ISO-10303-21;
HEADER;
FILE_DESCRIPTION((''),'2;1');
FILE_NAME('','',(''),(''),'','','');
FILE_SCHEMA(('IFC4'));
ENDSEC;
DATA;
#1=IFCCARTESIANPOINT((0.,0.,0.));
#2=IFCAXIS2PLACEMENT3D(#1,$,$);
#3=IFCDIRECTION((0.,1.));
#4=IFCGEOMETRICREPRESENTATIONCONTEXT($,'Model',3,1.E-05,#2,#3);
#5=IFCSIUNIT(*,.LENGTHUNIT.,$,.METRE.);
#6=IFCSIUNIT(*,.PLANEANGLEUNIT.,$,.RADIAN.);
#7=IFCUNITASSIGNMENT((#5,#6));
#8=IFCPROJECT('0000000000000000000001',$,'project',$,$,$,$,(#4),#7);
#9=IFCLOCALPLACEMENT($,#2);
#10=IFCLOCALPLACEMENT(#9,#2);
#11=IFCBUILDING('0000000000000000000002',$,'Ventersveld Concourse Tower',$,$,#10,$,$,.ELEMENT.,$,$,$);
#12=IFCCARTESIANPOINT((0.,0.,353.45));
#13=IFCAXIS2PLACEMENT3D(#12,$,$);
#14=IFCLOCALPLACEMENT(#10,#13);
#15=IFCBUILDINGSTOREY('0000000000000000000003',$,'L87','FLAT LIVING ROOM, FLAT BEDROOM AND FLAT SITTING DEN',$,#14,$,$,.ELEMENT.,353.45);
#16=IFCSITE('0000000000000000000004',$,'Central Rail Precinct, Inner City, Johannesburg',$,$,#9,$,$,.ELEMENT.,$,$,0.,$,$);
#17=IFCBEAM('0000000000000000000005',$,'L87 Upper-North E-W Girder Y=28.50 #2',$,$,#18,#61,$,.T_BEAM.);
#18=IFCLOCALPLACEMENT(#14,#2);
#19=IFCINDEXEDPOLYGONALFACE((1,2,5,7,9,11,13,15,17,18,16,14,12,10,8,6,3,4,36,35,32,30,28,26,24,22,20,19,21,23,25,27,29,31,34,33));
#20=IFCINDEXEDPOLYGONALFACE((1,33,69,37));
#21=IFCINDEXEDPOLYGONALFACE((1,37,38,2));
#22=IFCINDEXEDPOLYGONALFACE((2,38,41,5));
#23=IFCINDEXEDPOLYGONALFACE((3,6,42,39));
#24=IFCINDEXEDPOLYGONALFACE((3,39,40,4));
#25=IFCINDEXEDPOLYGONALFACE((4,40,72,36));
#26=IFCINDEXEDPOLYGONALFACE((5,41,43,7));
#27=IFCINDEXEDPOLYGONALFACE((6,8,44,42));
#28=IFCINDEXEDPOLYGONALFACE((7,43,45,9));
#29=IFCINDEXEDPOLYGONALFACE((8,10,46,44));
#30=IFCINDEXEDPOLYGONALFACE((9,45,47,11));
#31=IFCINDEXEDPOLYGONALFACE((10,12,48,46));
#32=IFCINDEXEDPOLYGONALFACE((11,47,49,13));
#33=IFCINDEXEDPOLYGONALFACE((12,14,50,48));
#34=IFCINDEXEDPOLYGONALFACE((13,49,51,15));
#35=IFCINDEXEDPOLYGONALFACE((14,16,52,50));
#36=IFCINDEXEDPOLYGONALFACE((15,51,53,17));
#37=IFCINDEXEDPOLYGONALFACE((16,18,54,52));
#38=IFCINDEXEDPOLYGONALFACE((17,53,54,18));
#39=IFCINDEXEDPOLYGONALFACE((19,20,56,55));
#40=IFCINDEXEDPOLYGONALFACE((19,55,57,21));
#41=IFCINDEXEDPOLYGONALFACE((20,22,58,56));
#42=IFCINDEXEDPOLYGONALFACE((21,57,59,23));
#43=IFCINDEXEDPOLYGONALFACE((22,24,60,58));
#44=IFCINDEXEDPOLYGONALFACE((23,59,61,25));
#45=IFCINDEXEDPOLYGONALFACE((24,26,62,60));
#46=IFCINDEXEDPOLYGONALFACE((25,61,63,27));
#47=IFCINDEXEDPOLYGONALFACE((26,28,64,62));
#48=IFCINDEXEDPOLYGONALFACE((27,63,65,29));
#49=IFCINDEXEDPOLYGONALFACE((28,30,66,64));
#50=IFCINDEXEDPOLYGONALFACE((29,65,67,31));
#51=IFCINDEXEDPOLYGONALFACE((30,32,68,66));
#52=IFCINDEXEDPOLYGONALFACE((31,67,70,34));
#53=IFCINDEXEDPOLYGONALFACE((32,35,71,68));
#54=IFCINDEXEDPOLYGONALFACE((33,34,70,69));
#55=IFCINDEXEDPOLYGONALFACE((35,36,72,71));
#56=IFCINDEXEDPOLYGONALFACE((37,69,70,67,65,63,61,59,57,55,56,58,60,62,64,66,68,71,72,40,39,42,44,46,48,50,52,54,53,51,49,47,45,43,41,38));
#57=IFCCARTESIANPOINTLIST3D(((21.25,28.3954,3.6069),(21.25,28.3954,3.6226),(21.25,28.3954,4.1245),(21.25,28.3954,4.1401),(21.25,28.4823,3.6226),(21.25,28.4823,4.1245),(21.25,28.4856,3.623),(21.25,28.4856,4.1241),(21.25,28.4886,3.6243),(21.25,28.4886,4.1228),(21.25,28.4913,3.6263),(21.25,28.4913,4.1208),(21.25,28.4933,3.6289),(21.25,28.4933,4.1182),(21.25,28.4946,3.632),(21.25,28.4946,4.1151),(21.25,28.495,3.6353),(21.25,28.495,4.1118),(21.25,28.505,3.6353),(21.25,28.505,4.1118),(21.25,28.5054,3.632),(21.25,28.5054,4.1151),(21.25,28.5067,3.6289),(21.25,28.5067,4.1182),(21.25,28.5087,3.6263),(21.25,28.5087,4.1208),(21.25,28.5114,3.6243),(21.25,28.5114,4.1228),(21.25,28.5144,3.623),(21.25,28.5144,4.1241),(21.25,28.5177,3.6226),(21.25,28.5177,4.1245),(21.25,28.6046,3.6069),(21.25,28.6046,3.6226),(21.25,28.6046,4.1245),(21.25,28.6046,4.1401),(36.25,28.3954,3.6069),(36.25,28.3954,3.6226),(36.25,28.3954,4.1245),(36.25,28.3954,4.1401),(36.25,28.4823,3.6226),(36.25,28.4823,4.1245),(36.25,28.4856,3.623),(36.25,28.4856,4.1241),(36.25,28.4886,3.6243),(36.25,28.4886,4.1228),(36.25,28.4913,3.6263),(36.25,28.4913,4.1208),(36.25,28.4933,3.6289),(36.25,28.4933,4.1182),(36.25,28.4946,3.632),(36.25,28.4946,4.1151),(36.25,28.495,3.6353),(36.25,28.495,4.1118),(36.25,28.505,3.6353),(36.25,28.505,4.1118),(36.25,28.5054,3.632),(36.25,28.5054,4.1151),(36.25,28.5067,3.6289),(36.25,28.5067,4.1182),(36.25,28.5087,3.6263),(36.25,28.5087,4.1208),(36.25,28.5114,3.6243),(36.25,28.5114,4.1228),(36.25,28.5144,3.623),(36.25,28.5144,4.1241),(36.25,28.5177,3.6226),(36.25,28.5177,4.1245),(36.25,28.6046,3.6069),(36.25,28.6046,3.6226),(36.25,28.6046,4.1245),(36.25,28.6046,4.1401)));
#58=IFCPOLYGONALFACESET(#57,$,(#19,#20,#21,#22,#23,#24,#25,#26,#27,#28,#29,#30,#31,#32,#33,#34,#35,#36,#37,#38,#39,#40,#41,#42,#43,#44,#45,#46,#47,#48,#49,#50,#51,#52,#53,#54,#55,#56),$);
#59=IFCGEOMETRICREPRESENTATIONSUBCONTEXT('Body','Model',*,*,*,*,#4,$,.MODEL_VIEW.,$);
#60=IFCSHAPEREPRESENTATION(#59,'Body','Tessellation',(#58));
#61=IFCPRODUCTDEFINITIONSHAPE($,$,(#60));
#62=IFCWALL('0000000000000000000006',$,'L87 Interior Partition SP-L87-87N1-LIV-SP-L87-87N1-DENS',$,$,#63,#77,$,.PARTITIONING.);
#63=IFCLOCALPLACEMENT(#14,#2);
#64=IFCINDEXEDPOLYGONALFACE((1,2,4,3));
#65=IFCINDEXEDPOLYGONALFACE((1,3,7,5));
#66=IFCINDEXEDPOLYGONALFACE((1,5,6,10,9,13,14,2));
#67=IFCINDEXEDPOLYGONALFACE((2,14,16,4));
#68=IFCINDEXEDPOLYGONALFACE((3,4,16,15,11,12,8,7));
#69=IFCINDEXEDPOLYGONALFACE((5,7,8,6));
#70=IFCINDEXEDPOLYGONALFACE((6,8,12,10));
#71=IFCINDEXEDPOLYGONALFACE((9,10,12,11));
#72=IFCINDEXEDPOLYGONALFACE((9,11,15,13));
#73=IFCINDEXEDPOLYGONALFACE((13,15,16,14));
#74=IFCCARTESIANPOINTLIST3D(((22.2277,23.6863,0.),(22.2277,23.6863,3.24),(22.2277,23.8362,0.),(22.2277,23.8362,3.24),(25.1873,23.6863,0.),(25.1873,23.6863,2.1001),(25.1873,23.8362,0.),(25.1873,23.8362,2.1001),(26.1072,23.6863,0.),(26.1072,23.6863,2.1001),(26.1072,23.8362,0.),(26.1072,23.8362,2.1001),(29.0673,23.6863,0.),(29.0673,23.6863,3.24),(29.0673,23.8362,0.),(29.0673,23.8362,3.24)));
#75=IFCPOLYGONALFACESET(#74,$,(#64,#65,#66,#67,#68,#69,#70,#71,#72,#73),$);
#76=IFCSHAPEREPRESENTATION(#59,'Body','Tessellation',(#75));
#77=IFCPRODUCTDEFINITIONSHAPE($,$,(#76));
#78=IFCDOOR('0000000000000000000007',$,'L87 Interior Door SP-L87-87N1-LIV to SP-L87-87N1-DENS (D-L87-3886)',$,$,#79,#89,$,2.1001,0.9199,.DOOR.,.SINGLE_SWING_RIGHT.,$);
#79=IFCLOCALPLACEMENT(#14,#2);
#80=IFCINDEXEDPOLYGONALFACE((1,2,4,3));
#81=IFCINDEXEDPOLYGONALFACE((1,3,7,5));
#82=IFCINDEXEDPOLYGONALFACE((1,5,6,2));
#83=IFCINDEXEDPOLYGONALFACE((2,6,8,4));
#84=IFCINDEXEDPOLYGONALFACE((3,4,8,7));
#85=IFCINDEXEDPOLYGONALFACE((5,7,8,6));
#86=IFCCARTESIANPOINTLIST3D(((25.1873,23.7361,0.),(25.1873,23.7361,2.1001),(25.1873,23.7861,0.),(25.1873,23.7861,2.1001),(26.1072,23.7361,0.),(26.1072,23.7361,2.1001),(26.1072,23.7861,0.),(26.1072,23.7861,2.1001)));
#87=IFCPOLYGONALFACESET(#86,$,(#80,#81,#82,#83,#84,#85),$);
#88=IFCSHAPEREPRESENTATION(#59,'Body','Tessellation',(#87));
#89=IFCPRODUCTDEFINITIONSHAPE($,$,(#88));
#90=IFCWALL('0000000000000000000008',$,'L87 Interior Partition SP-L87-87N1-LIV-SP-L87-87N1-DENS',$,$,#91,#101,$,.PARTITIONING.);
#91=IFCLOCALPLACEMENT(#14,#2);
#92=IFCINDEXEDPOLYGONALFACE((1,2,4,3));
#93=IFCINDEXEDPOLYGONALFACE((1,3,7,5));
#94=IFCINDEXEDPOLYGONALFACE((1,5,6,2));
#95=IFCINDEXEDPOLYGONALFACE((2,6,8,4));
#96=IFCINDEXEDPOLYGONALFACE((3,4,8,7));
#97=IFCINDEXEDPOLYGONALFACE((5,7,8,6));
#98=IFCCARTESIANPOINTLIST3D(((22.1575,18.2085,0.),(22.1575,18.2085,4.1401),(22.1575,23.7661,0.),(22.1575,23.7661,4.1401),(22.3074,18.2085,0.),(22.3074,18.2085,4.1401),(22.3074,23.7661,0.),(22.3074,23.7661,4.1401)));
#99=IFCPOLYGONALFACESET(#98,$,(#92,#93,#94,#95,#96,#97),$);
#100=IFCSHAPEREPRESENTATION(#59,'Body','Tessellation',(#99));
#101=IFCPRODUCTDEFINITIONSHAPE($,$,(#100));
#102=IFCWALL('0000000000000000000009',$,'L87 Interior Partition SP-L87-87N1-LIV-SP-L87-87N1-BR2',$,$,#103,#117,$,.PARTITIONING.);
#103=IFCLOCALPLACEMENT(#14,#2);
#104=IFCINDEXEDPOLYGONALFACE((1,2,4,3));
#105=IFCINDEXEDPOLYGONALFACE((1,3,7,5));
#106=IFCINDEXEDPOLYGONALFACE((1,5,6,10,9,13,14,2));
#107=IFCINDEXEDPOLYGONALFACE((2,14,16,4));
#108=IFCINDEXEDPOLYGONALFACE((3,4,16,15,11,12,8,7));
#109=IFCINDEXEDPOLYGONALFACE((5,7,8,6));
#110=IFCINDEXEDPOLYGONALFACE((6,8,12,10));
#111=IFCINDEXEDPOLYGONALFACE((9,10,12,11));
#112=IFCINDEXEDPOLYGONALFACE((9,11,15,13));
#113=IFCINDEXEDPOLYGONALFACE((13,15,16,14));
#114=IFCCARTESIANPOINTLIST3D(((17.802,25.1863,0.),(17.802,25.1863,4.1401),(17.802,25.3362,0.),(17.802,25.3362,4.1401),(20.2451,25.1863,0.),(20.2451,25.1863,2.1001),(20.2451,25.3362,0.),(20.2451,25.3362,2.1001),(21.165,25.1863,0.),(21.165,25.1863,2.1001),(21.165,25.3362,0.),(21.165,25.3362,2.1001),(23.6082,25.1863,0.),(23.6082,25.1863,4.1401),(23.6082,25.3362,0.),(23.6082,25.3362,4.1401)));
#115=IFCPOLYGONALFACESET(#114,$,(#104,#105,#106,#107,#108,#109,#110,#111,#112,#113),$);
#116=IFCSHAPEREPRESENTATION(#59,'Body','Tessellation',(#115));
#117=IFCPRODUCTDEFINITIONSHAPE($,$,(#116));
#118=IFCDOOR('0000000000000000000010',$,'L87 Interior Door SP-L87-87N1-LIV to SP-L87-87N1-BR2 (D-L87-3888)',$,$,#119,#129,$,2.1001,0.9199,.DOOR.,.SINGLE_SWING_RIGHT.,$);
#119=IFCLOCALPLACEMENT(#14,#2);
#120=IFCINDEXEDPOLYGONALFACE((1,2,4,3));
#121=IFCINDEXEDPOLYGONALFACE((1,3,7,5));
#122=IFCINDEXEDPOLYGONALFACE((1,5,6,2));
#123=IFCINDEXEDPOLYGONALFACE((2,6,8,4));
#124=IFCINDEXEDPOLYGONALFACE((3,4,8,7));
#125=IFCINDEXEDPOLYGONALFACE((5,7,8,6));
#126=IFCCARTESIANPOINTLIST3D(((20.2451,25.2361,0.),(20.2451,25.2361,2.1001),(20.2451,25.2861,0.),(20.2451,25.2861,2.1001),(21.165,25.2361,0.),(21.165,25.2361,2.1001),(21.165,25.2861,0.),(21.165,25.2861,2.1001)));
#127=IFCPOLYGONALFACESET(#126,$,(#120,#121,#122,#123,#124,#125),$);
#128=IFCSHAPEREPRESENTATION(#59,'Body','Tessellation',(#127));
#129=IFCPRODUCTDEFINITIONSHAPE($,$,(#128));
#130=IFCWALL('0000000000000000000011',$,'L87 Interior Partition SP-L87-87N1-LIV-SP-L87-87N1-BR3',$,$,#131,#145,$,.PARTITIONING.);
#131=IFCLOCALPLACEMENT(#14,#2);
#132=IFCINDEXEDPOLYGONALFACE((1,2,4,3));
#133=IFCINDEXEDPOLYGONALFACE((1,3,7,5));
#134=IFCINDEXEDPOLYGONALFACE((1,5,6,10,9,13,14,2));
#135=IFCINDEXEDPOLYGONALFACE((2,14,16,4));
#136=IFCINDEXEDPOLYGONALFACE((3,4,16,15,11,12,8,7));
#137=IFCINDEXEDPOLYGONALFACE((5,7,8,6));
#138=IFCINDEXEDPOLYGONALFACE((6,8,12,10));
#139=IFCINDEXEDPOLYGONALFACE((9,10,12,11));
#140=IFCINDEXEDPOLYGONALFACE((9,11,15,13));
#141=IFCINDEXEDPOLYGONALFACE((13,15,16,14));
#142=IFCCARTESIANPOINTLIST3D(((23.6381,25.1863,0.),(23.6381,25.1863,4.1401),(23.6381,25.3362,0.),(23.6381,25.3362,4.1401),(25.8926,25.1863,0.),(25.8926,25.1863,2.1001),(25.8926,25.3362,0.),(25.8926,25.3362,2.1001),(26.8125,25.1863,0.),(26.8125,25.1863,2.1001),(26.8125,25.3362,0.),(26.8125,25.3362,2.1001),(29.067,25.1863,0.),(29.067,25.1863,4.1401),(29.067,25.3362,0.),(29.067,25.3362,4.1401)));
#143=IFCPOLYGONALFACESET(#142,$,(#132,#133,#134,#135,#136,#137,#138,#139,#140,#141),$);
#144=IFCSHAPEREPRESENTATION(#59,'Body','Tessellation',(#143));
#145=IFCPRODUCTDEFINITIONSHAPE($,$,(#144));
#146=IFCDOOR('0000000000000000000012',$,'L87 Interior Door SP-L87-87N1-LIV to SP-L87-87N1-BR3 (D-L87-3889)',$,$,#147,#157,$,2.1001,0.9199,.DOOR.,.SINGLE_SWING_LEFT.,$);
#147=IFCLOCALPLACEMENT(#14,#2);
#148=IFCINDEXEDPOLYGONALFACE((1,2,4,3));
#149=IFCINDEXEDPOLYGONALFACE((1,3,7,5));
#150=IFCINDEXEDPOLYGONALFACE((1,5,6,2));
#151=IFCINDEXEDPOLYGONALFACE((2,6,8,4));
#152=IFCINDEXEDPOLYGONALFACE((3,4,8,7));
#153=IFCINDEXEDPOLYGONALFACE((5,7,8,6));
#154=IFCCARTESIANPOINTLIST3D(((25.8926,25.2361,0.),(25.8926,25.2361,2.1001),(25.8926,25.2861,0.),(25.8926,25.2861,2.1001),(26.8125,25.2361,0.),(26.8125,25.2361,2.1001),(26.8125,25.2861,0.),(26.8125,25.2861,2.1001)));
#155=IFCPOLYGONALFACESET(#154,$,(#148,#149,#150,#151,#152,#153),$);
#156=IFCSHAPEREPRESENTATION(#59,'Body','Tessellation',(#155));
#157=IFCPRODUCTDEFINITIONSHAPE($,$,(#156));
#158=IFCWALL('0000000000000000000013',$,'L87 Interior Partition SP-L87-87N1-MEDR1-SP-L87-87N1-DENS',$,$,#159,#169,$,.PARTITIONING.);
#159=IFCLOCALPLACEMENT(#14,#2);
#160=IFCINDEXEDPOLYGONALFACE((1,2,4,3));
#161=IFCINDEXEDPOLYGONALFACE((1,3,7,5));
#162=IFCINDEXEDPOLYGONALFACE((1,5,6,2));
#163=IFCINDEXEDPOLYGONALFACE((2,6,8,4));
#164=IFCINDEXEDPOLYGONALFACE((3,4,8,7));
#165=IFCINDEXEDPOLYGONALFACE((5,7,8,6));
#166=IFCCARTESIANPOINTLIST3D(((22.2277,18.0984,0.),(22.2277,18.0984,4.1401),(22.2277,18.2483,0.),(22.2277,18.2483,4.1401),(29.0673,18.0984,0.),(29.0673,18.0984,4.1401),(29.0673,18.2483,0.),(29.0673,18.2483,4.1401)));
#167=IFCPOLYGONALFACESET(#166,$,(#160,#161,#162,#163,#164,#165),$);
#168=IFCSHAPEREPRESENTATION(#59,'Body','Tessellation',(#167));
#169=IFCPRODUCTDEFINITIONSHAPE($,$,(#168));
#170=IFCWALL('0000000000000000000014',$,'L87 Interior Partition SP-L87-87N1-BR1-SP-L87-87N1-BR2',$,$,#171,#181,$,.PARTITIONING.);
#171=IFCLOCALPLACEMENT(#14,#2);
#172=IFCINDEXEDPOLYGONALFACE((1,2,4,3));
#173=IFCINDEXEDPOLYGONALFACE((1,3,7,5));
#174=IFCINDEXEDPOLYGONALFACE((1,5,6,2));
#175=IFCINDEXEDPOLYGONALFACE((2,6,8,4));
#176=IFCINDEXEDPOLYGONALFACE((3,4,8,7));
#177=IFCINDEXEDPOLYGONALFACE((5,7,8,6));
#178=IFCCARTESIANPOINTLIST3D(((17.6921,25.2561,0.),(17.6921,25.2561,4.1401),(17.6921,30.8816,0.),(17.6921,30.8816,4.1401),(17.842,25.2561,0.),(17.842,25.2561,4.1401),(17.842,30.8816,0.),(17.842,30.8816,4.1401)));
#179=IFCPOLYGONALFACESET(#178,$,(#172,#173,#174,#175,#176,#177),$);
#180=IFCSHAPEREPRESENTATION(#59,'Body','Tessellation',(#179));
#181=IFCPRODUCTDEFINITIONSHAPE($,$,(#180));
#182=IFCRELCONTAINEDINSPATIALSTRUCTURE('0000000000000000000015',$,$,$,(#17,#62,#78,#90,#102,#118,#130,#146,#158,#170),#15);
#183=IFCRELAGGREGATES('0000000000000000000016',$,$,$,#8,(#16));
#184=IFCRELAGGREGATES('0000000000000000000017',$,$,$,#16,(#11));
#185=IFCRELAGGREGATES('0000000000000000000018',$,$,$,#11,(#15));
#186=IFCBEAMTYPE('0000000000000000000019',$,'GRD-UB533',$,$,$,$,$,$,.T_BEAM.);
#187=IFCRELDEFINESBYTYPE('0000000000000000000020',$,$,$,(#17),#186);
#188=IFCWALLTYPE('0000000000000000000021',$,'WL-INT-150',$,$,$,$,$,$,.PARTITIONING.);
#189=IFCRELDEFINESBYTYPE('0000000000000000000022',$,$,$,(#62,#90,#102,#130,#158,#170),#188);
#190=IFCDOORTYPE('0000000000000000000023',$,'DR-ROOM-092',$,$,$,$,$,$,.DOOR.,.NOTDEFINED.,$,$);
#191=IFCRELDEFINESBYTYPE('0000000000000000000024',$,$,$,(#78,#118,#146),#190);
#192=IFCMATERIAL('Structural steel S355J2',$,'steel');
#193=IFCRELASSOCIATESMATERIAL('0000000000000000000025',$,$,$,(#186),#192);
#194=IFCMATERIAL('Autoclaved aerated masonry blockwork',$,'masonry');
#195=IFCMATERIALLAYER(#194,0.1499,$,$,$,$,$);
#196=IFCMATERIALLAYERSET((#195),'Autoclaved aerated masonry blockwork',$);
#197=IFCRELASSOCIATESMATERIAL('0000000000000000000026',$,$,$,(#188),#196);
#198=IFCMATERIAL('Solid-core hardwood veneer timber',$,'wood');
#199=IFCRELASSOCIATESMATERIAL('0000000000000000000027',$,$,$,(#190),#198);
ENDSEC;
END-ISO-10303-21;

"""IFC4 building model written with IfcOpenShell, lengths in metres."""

from ifc_helpers import new_model, si_unit, direction, frame, frame_2d, origin, origin_2d, place, context, subcontext, project, spatial, rectangle, i_section, extrude, material, layer, layer_set, material_profile, profile_set, type_object, element, fill, save


model = new_model("IFC4")

# Units and contexts
model_context = context("Model", 3, precision=1e-05, world=origin(), true_north=direction((0.0, 1.0)))
body_context = subcontext(model_context, "Body", "Model", "MODEL_VIEW")
ifc_project = project(units=[si_unit("LENGTHUNIT", "METRE"), si_unit("PLANEANGLEUNIT", "RADIAN")], contexts=[model_context])

# Site, building, storey
site_placement = place(None, origin())
site = spatial("IfcSite", under=ifc_project, at=site_placement, Name="Central Rail Precinct, Inner City, Johannesburg", CompositionType="ELEMENT", RefElevation=0.0)
building_placement = place(site_placement, origin())
building = spatial("IfcBuilding", under=site, at=building_placement, Name="Ventersveld Concourse Tower", CompositionType="ELEMENT")
storey_placement = place(building_placement, frame((0.0, 0.0, 353.45)))
storey = spatial("IfcBuildingStorey", under=building, at=storey_placement, Name="L87", Description="FLAT LIVING ROOM, FLAT BEDROOM AND FLAT SITTING DEN", CompositionType="ELEMENT", Elevation=353.45)

# Shared definitions
ifc_material_1 = material(Name="Structural steel S355J2", Category="steel")

# Beam
ifc_material_profile_1 = material_profile(ifc_material_1, i_section(OverallWidth=0.2092, OverallDepth=0.5332, WebThickness=0.01, FlangeThickness=0.0156, FilletRadius=0.0127, at=origin_2d()), Name="UB 533x210x92")
ifc_profile_set_1 = profile_set([ifc_material_profile_1], Name="Structural steel S355J2")
beam_type_1 = type_object("IfcBeamType", Name="GRD-UB533", PredefinedType="T_BEAM", material=ifc_profile_set_1)
beam_1_placement = place(storey_placement, frame((21.25, 28.5, 3.8735), z_axis=(1.0, 0.0, 0.0), x_axis=(0.0, 1.0, 0.0)))
element("IfcBeam", 1, at=beam_1_placement, inside=storey, type_object=beam_type_1, Name="L87 Upper-North E-W Girder Y=28.50 #2", PredefinedType="T_BEAM", context=body_context, shape_type="SweptSolid", body=[
    extrude(i_section(OverallWidth=0.2092, OverallDepth=0.5332, WebThickness=0.01, FlangeThickness=0.0156, FilletRadius=0.0127, at=origin_2d()), origin(), (0.0, 0.0, 1.0), 15.0),
])

# Wall, opening, door
ifc_material_2 = material(Name="Autoclaved aerated masonry blockwork", Category="masonry")
ifc_layer = layer(ifc_material_2, 0.1499)
ifc_layer_set = layer_set([ifc_layer], Name="Autoclaved aerated masonry blockwork")
wall_type = type_object("IfcWallType", Name="WL-INT-150", PredefinedType="PARTITIONING", material=ifc_layer_set)
wall_1_placement = place(storey_placement, frame((22.2275, 23.7612, 0.0), z_axis=(0.0, 0.0, 1.0), x_axis=(1.0, 0.0, 0.0)))
wall_1 = element("IfcWall", 2, at=wall_1_placement, inside=storey, type_object=wall_type, Name="L87 Interior Partition SP-L87-87N1-LIV-SP-L87-87N1-DENS", PredefinedType="PARTITIONING", context=body_context, shape_type="SweptSolid", body=[
    extrude(rectangle(XDim=6.8396, YDim=0.1499, at=frame_2d((3.4199, 0.0))), origin(), (0.0, 0.0, 1.0), 3.24),
])
opening_1_placement = place(wall_1_placement, frame((2.9597, 0.0, 0.0)))
opening_1 = element("IfcOpeningElement", 3, at=opening_1_placement, cuts=wall_1, PredefinedType="OPENING", context=body_context, shape_type="SweptSolid", body=[
    extrude(rectangle(XDim=0.9199, YDim=2.1001, at=frame_2d((0.46, 1.05))), frame((0.0, 0.085, 0.0), z_axis=(0.0, -1.0, 0.0), x_axis=(1.0, 0.0, 0.0)), (0.0, 0.0, 1.0), 0.1699),
])
ifc_material_3 = material(Name="Solid-core hardwood veneer timber", Category="wood")
door_type = type_object("IfcDoorType", Name="DR-ROOM-092", OperationType="NOTDEFINED", PredefinedType="DOOR", material=ifc_material_3)
door_1_placement = place(opening_1_placement, origin())
door_1 = element("IfcDoor", 4, at=door_1_placement, inside=storey, type_object=door_type, Name="L87 Interior Door SP-L87-87N1-LIV to SP-L87-87N1-DENS (D-L87-3886)", OperationType="SINGLE_SWING_RIGHT", OverallHeight=2.1001, OverallWidth=0.9199, PredefinedType="DOOR", context=body_context, shape_type="SweptSolid", body=[
    extrude(rectangle(XDim=0.9199, YDim=2.1001, at=frame_2d((0.46, 1.05))), frame((0.0, 0.0249, 0.0), z_axis=(0.0, -1.0, 0.0), x_axis=(1.0, 0.0, 0.0)), (0.0, 0.0, 1.0), 0.05),
])
fill(opening_1, door_1)

# Wall
wall_2_placement = place(storey_placement, frame((22.2324, 18.2085, 0.0), z_axis=(0.0, 0.0, 1.0), x_axis=(0.0, 1.0, 0.0)))
element("IfcWall", 5, at=wall_2_placement, inside=storey, type_object=wall_type, Name="L87 Interior Partition SP-L87-87N1-LIV-SP-L87-87N1-DENS", PredefinedType="PARTITIONING", context=body_context, shape_type="SweptSolid", body=[
    extrude(rectangle(XDim=5.5576, YDim=0.1499, at=frame_2d((2.7788, 0.0))), origin(), (0.0, 0.0, 1.0), 4.1401),
])

# Walls, openings, doors
wall_3_placement = place(storey_placement, frame((17.802, 25.2612, 0.0), z_axis=(0.0, 0.0, 1.0), x_axis=(1.0, 0.0, 0.0)))
wall_3 = element("IfcWall", 6, at=wall_3_placement, inside=storey, type_object=wall_type, Name="L87 Interior Partition SP-L87-87N1-LIV-SP-L87-87N1-BR2", PredefinedType="PARTITIONING", context=body_context, shape_type="SweptSolid", body=[
    extrude(rectangle(XDim=5.8062, YDim=0.1499, at=frame_2d((2.9031, 0.0))), origin(), (0.0, 0.0, 1.0), 4.1401),
])
opening_2_placement = place(wall_3_placement, frame((2.4431, 0.0, 0.0)))
opening_2 = element("IfcOpeningElement", 7, at=opening_2_placement, cuts=wall_3, PredefinedType="OPENING", context=body_context, shape_type="SweptSolid", body=[
    extrude(rectangle(XDim=0.9199, YDim=2.1001, at=frame_2d((0.46, 1.05))), frame((0.0, 0.085, 0.0), z_axis=(0.0, -1.0, 0.0), x_axis=(1.0, 0.0, 0.0)), (0.0, 0.0, 1.0), 0.1699),
])
door_2_placement = place(opening_2_placement, origin())
door_2 = element("IfcDoor", 8, at=door_2_placement, inside=storey, type_object=door_type, Name="L87 Interior Door SP-L87-87N1-LIV to SP-L87-87N1-BR2 (D-L87-3888)", OperationType="SINGLE_SWING_RIGHT", OverallHeight=2.1001, OverallWidth=0.9199, PredefinedType="DOOR", context=body_context, shape_type="SweptSolid", body=[
    extrude(rectangle(XDim=0.9199, YDim=2.1001, at=frame_2d((0.46, 1.05))), frame((0.0, 0.0249, 0.0), z_axis=(0.0, -1.0, 0.0), x_axis=(1.0, 0.0, 0.0)), (0.0, 0.0, 1.0), 0.05),
])
fill(opening_2, door_2)
wall_4_placement = place(storey_placement, frame((23.6382, 25.2612, 0.0), z_axis=(0.0, 0.0, 1.0), x_axis=(1.0, 0.0, 0.0)))
wall_4 = element("IfcWall", 9, at=wall_4_placement, inside=storey, type_object=wall_type, Name="L87 Interior Partition SP-L87-87N1-LIV-SP-L87-87N1-BR3", PredefinedType="PARTITIONING", context=body_context, shape_type="SweptSolid", body=[
    extrude(rectangle(XDim=5.429, YDim=0.1499, at=frame_2d((2.7144, 0.0))), origin(), (0.0, 0.0, 1.0), 4.1401),
])
opening_3_placement = place(wall_4_placement, frame((2.2544, 0.0, 0.0)))
opening_3 = element("IfcOpeningElement", 10, at=opening_3_placement, cuts=wall_4, PredefinedType="OPENING", context=body_context, shape_type="SweptSolid", body=[
    extrude(rectangle(XDim=0.9199, YDim=2.1001, at=frame_2d((0.46, 1.05))), frame((0.0, 0.085, 0.0), z_axis=(0.0, -1.0, 0.0), x_axis=(1.0, 0.0, 0.0)), (0.0, 0.0, 1.0), 0.1699),
])
door_3_placement = place(opening_3_placement, origin())
door_3 = element("IfcDoor", 11, at=door_3_placement, inside=storey, type_object=door_type, Name="L87 Interior Door SP-L87-87N1-LIV to SP-L87-87N1-BR3 (D-L87-3889)", OperationType="SINGLE_SWING_LEFT", OverallHeight=2.1001, OverallWidth=0.9199, PredefinedType="DOOR", context=body_context, shape_type="SweptSolid", body=[
    extrude(rectangle(XDim=0.9199, YDim=2.1001, at=frame_2d((0.46, 1.05))), frame((0.0, 0.0249, 0.0), z_axis=(0.0, -1.0, 0.0), x_axis=(1.0, 0.0, 0.0)), (0.0, 0.0, 1.0), 0.05),
])
fill(opening_3, door_3)

# Walls
wall_5_placement = place(storey_placement, frame((22.2275, 18.1733, 0.0), z_axis=(0.0, 0.0, 1.0), x_axis=(1.0, 0.0, 0.0)))
element("IfcWall", 12, at=wall_5_placement, inside=storey, type_object=wall_type, Name="L87 Interior Partition SP-L87-87N1-MEDR1-SP-L87-87N1-DENS", PredefinedType="PARTITIONING", context=body_context, shape_type="SweptSolid", body=[
    extrude(rectangle(XDim=6.8396, YDim=0.1499, at=frame_2d((3.4199, 0.0))), origin(), (0.0, 0.0, 1.0), 4.1401),
])
for number, where, z_axis, x_axis, name in (
    (13, (17.7671, 25.2561, 0.0), (0.0, 0.0, 1.0), (0.0, 1.0, 0.0), "L87 Interior Partition SP-L87-87N1-BR1-SP-L87-87N1-BR2"),
):
    element("IfcWall", number, at=place(storey_placement, frame(where, z_axis=z_axis, x_axis=x_axis)), inside=storey, type_object=wall_type, Name=name, PredefinedType="PARTITIONING", context=body_context, shape_type="SweptSolid", body=[
        extrude(rectangle(XDim=5.6255, YDim=0.1499, at=frame_2d((2.8127, 0.0))), origin(), (0.0, 0.0, 1.0), 4.1401),
    ])

save(model, "model.ifc")
